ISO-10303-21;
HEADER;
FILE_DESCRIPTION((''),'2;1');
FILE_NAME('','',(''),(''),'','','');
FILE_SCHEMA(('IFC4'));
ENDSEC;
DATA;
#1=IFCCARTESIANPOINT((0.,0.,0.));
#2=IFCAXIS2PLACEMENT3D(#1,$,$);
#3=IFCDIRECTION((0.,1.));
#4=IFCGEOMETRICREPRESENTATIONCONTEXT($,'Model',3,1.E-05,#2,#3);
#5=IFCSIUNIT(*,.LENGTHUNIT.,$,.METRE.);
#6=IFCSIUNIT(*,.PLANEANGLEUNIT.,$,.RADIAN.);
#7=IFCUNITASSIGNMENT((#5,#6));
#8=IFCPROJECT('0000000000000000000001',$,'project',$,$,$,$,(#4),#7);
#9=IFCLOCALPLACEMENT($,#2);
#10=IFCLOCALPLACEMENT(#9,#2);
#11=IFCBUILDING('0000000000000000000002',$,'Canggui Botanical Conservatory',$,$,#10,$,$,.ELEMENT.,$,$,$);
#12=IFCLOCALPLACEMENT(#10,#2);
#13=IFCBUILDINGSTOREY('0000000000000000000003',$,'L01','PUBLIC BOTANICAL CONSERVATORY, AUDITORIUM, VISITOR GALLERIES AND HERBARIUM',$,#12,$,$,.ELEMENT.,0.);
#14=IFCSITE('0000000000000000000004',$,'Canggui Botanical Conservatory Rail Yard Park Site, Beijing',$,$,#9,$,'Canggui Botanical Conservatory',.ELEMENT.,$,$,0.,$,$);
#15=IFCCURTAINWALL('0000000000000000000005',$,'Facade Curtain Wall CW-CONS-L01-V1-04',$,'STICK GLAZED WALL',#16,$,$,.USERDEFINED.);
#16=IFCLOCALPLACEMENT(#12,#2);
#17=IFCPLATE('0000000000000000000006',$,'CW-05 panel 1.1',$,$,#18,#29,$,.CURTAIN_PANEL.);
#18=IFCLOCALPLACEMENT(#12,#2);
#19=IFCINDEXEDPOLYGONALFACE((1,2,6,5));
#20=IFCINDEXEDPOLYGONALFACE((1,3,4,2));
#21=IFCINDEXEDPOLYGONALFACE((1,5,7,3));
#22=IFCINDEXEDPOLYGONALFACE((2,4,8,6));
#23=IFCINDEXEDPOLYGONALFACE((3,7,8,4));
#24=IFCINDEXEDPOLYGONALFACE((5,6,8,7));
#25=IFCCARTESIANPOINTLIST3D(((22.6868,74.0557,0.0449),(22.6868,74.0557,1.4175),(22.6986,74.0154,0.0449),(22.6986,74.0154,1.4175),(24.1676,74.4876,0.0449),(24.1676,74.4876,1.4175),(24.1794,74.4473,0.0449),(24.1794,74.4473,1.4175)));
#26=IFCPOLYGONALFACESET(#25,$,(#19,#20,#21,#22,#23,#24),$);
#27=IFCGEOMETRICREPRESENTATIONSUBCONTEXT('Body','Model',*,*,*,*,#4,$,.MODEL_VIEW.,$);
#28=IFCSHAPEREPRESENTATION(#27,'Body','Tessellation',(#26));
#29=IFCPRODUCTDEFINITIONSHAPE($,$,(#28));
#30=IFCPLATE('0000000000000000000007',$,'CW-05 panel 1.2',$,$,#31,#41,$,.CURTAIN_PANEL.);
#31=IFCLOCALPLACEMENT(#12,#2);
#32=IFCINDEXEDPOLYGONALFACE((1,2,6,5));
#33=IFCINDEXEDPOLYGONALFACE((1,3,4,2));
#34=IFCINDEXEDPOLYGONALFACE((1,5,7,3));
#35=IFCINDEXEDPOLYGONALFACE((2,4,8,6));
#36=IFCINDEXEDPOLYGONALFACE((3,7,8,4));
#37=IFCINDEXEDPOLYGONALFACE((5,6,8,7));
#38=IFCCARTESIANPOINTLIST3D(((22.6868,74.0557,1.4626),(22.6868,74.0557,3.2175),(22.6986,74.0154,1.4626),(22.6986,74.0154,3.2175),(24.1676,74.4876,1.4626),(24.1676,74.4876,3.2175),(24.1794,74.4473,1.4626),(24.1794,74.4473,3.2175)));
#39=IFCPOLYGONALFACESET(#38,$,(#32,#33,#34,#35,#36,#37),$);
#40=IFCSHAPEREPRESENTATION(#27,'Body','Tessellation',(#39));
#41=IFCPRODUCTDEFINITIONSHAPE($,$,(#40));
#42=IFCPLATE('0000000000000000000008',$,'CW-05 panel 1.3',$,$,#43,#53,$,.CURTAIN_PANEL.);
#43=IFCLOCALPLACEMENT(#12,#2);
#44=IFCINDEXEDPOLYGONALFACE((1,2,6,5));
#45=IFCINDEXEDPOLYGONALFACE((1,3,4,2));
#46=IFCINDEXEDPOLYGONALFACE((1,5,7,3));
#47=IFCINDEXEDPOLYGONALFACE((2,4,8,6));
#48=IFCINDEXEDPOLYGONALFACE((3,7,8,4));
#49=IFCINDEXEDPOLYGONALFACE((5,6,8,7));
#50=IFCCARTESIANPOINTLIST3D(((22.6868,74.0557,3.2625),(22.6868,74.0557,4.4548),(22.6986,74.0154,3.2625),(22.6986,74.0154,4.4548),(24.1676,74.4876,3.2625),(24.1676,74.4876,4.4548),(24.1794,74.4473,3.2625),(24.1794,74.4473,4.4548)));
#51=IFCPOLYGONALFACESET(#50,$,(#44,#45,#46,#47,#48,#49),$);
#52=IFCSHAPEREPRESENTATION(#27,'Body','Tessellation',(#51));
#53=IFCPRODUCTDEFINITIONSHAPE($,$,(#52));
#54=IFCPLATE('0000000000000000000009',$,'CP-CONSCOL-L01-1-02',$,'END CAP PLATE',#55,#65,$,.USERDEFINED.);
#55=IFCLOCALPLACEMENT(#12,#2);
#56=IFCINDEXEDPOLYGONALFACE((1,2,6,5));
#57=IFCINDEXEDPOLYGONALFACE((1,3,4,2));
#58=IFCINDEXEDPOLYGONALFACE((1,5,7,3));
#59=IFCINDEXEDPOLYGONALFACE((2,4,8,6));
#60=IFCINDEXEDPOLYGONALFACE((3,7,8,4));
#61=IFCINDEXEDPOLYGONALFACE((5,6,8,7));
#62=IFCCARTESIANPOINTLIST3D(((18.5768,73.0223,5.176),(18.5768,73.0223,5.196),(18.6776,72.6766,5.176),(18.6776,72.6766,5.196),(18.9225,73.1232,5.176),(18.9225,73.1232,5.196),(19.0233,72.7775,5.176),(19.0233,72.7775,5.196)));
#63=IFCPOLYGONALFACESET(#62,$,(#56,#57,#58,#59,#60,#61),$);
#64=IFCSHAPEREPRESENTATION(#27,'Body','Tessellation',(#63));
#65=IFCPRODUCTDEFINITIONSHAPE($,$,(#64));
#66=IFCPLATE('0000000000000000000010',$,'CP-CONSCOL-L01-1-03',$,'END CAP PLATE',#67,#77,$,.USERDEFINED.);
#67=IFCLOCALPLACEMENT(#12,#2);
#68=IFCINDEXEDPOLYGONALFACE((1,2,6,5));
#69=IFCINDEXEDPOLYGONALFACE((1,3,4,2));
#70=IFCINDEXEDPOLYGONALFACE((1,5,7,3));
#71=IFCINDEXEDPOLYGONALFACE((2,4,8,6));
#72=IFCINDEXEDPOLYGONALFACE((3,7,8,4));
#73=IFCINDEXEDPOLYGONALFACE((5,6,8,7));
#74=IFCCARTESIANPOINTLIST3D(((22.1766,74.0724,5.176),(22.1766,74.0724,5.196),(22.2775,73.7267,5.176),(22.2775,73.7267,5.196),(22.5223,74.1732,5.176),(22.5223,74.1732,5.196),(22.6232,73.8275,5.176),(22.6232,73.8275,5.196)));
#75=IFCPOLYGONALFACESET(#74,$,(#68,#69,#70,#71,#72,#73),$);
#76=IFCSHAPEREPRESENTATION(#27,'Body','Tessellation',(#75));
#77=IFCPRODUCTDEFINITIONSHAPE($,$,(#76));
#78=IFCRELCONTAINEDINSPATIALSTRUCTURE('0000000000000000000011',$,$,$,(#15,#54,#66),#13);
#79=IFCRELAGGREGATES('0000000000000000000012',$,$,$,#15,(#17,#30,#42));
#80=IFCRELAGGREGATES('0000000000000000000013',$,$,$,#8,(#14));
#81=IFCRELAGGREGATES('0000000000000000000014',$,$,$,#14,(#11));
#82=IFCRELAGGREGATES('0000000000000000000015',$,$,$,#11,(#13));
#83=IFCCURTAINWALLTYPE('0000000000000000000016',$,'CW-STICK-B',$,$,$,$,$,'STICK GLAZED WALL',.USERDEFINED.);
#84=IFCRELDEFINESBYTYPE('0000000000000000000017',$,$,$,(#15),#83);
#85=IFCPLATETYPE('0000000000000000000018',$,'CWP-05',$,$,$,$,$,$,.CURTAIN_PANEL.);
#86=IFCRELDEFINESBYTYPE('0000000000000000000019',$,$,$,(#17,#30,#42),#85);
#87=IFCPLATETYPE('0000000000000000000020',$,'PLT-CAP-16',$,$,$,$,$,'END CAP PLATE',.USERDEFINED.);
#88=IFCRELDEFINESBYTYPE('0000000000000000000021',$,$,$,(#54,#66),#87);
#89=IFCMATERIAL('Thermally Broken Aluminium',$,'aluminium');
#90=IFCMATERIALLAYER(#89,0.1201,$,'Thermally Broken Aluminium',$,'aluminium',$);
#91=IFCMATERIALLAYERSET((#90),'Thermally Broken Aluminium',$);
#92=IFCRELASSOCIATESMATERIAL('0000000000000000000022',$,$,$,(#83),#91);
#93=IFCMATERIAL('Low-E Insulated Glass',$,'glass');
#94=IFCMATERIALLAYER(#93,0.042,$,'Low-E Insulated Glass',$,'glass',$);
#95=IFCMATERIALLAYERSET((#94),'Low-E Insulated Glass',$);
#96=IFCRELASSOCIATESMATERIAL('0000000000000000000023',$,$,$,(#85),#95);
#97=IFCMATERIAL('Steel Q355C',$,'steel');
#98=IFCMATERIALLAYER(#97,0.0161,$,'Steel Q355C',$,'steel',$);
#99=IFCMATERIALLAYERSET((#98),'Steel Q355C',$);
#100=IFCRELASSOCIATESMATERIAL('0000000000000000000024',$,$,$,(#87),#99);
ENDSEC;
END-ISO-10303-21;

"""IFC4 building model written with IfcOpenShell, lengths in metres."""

from ifc_helpers import new_model, si_unit, direction, frame, origin, origin_2d, place, context, subcontext, project, spatial, rectangle, extrude, material, layer, layer_set, type_object, element, aggregate, save


model = new_model("IFC4")

# Units and contexts
model_context = context("Model", 3, precision=1e-05, world=origin(), true_north=direction((0.0, 1.0)))
body_context = subcontext(model_context, "Body", "Model", "MODEL_VIEW")
ifc_project = project(units=[si_unit("LENGTHUNIT", "METRE"), si_unit("PLANEANGLEUNIT", "RADIAN")], contexts=[model_context])

# Site, building, storey
site_placement = place(None, origin())
site = spatial("IfcSite", under=ifc_project, at=site_placement, Name="Canggui Botanical Conservatory Rail Yard Park Site, Beijing", LongName="Canggui Botanical Conservatory", CompositionType="ELEMENT", RefElevation=0.0)
building_placement = place(site_placement, origin())
building = spatial("IfcBuilding", under=site, at=building_placement, Name="Canggui Botanical Conservatory", CompositionType="ELEMENT")
storey_placement = place(building_placement, origin())
storey = spatial("IfcBuildingStorey", under=building, at=storey_placement, Name="L01", Description="PUBLIC BOTANICAL CONSERVATORY, AUDITORIUM, VISITOR GALLERIES AND HERBARIUM", CompositionType="ELEMENT", Elevation=0.0)

# Shared definitions
ifc_material_1 = material(Name="Steel Q355C", Category="steel")

# Curtain wall, plates
ifc_material_2 = material(Name="Thermally Broken Aluminium", Category="aluminium")
ifc_layer_1 = layer(ifc_material_2, 0.1201, Name="Thermally Broken Aluminium", Category="aluminium")
ifc_layer_set_1 = layer_set([ifc_layer_1], Name="Thermally Broken Aluminium")
curtain_wall_type = type_object("IfcCurtainWallType", Name="CW-STICK-B", ElementType="STICK GLAZED WALL", PredefinedType="USERDEFINED", material=ifc_layer_set_1)
curtain_wall_placement = place(storey_placement, origin())
curtain_wall = element("IfcCurtainWall", 1, at=curtain_wall_placement, inside=storey, type_object=curtain_wall_type, Name="Facade Curtain Wall CW-CONS-L01-V1-04", ObjectType="STICK GLAZED WALL", PredefinedType="USERDEFINED")
ifc_material_3 = material(Name="Low-E Insulated Glass", Category="glass")
ifc_layer_2 = layer(ifc_material_3, 0.042, Name="Low-E Insulated Glass", Category="glass")
ifc_layer_set_2 = layer_set([ifc_layer_2], Name="Low-E Insulated Glass")
plate_type_1 = type_object("IfcPlateType", Name="CWP-05", PredefinedType="CURTAIN_PANEL", material=ifc_layer_set_2)
plate_1_placement = place(storey_placement, frame((23.4331, 74.2515, 0.0449), z_axis=(0.0, 0.0, 1.0), x_axis=(0.96, 0.28, 0.0)))
plate_1 = element("IfcPlate", 2, at=plate_1_placement, type_object=plate_type_1, Name="CW-05 panel 1.1", PredefinedType="CURTAIN_PANEL", context=body_context, shape_type="SweptSolid", body=[
    extrude(rectangle(XDim=1.5425, YDim=0.042, at=origin_2d()), origin(), (0.0, 0.0, 1.0), 1.3726),
])
plate_2_placement = place(storey_placement, frame((23.4331, 74.2515, 1.4626), z_axis=(0.0, 0.0, 1.0), x_axis=(0.96, 0.28, 0.0)))
plate_2 = element("IfcPlate", 3, at=plate_2_placement, type_object=plate_type_1, Name="CW-05 panel 1.2", PredefinedType="CURTAIN_PANEL", context=body_context, shape_type="SweptSolid", body=[
    extrude(rectangle(XDim=1.5425, YDim=0.042, at=origin_2d()), origin(), (0.0, 0.0, 1.0), 1.7549),
])
plate_3_placement = place(storey_placement, frame((23.4331, 74.2515, 3.2625), z_axis=(0.0, 0.0, 1.0), x_axis=(0.96, 0.28, 0.0)))
plate_3 = element("IfcPlate", 4, at=plate_3_placement, type_object=plate_type_1, Name="CW-05 panel 1.3", PredefinedType="CURTAIN_PANEL", context=body_context, shape_type="SweptSolid", body=[
    extrude(rectangle(XDim=1.5425, YDim=0.042, at=origin_2d()), origin(), (0.0, 0.0, 1.0), 1.1924),
])
aggregate(curtain_wall, [plate_1, plate_2, plate_3])

# Plates
ifc_layer_3 = layer(ifc_material_1, 0.0161, Name="Steel Q355C", Category="steel")
ifc_layer_set_3 = layer_set([ifc_layer_3], Name="Steel Q355C")
plate_type_2 = type_object("IfcPlateType", Name="PLT-CAP-16", ElementType="END CAP PLATE", PredefinedType="USERDEFINED", material=ifc_layer_set_3)
for number, where, z_axis, x_axis, name in (
    (5, (18.8, 72.8999, 5.176), (0.0, 0.0, 1.0), (0.96, 0.28, 0.0), "CP-CONSCOL-L01-1-02"),
    (6, (22.3999, 73.95, 5.176), (0.0, 0.0, 1.0), (0.96, 0.28, 0.0), "CP-CONSCOL-L01-1-03"),
):
    element("IfcPlate", number, at=place(storey_placement, frame(where, z_axis=z_axis, x_axis=x_axis)), inside=storey, type_object=plate_type_2, Name=name, ObjectType="END CAP PLATE", PredefinedType="USERDEFINED", context=body_context, shape_type="SweptSolid", body=[
        extrude(rectangle(XDim=0.3601, YDim=0.3601, at=origin_2d()), origin(), (0.0, 0.0, 1.0), 0.02),
    ])

save(model, "model.ifc")
